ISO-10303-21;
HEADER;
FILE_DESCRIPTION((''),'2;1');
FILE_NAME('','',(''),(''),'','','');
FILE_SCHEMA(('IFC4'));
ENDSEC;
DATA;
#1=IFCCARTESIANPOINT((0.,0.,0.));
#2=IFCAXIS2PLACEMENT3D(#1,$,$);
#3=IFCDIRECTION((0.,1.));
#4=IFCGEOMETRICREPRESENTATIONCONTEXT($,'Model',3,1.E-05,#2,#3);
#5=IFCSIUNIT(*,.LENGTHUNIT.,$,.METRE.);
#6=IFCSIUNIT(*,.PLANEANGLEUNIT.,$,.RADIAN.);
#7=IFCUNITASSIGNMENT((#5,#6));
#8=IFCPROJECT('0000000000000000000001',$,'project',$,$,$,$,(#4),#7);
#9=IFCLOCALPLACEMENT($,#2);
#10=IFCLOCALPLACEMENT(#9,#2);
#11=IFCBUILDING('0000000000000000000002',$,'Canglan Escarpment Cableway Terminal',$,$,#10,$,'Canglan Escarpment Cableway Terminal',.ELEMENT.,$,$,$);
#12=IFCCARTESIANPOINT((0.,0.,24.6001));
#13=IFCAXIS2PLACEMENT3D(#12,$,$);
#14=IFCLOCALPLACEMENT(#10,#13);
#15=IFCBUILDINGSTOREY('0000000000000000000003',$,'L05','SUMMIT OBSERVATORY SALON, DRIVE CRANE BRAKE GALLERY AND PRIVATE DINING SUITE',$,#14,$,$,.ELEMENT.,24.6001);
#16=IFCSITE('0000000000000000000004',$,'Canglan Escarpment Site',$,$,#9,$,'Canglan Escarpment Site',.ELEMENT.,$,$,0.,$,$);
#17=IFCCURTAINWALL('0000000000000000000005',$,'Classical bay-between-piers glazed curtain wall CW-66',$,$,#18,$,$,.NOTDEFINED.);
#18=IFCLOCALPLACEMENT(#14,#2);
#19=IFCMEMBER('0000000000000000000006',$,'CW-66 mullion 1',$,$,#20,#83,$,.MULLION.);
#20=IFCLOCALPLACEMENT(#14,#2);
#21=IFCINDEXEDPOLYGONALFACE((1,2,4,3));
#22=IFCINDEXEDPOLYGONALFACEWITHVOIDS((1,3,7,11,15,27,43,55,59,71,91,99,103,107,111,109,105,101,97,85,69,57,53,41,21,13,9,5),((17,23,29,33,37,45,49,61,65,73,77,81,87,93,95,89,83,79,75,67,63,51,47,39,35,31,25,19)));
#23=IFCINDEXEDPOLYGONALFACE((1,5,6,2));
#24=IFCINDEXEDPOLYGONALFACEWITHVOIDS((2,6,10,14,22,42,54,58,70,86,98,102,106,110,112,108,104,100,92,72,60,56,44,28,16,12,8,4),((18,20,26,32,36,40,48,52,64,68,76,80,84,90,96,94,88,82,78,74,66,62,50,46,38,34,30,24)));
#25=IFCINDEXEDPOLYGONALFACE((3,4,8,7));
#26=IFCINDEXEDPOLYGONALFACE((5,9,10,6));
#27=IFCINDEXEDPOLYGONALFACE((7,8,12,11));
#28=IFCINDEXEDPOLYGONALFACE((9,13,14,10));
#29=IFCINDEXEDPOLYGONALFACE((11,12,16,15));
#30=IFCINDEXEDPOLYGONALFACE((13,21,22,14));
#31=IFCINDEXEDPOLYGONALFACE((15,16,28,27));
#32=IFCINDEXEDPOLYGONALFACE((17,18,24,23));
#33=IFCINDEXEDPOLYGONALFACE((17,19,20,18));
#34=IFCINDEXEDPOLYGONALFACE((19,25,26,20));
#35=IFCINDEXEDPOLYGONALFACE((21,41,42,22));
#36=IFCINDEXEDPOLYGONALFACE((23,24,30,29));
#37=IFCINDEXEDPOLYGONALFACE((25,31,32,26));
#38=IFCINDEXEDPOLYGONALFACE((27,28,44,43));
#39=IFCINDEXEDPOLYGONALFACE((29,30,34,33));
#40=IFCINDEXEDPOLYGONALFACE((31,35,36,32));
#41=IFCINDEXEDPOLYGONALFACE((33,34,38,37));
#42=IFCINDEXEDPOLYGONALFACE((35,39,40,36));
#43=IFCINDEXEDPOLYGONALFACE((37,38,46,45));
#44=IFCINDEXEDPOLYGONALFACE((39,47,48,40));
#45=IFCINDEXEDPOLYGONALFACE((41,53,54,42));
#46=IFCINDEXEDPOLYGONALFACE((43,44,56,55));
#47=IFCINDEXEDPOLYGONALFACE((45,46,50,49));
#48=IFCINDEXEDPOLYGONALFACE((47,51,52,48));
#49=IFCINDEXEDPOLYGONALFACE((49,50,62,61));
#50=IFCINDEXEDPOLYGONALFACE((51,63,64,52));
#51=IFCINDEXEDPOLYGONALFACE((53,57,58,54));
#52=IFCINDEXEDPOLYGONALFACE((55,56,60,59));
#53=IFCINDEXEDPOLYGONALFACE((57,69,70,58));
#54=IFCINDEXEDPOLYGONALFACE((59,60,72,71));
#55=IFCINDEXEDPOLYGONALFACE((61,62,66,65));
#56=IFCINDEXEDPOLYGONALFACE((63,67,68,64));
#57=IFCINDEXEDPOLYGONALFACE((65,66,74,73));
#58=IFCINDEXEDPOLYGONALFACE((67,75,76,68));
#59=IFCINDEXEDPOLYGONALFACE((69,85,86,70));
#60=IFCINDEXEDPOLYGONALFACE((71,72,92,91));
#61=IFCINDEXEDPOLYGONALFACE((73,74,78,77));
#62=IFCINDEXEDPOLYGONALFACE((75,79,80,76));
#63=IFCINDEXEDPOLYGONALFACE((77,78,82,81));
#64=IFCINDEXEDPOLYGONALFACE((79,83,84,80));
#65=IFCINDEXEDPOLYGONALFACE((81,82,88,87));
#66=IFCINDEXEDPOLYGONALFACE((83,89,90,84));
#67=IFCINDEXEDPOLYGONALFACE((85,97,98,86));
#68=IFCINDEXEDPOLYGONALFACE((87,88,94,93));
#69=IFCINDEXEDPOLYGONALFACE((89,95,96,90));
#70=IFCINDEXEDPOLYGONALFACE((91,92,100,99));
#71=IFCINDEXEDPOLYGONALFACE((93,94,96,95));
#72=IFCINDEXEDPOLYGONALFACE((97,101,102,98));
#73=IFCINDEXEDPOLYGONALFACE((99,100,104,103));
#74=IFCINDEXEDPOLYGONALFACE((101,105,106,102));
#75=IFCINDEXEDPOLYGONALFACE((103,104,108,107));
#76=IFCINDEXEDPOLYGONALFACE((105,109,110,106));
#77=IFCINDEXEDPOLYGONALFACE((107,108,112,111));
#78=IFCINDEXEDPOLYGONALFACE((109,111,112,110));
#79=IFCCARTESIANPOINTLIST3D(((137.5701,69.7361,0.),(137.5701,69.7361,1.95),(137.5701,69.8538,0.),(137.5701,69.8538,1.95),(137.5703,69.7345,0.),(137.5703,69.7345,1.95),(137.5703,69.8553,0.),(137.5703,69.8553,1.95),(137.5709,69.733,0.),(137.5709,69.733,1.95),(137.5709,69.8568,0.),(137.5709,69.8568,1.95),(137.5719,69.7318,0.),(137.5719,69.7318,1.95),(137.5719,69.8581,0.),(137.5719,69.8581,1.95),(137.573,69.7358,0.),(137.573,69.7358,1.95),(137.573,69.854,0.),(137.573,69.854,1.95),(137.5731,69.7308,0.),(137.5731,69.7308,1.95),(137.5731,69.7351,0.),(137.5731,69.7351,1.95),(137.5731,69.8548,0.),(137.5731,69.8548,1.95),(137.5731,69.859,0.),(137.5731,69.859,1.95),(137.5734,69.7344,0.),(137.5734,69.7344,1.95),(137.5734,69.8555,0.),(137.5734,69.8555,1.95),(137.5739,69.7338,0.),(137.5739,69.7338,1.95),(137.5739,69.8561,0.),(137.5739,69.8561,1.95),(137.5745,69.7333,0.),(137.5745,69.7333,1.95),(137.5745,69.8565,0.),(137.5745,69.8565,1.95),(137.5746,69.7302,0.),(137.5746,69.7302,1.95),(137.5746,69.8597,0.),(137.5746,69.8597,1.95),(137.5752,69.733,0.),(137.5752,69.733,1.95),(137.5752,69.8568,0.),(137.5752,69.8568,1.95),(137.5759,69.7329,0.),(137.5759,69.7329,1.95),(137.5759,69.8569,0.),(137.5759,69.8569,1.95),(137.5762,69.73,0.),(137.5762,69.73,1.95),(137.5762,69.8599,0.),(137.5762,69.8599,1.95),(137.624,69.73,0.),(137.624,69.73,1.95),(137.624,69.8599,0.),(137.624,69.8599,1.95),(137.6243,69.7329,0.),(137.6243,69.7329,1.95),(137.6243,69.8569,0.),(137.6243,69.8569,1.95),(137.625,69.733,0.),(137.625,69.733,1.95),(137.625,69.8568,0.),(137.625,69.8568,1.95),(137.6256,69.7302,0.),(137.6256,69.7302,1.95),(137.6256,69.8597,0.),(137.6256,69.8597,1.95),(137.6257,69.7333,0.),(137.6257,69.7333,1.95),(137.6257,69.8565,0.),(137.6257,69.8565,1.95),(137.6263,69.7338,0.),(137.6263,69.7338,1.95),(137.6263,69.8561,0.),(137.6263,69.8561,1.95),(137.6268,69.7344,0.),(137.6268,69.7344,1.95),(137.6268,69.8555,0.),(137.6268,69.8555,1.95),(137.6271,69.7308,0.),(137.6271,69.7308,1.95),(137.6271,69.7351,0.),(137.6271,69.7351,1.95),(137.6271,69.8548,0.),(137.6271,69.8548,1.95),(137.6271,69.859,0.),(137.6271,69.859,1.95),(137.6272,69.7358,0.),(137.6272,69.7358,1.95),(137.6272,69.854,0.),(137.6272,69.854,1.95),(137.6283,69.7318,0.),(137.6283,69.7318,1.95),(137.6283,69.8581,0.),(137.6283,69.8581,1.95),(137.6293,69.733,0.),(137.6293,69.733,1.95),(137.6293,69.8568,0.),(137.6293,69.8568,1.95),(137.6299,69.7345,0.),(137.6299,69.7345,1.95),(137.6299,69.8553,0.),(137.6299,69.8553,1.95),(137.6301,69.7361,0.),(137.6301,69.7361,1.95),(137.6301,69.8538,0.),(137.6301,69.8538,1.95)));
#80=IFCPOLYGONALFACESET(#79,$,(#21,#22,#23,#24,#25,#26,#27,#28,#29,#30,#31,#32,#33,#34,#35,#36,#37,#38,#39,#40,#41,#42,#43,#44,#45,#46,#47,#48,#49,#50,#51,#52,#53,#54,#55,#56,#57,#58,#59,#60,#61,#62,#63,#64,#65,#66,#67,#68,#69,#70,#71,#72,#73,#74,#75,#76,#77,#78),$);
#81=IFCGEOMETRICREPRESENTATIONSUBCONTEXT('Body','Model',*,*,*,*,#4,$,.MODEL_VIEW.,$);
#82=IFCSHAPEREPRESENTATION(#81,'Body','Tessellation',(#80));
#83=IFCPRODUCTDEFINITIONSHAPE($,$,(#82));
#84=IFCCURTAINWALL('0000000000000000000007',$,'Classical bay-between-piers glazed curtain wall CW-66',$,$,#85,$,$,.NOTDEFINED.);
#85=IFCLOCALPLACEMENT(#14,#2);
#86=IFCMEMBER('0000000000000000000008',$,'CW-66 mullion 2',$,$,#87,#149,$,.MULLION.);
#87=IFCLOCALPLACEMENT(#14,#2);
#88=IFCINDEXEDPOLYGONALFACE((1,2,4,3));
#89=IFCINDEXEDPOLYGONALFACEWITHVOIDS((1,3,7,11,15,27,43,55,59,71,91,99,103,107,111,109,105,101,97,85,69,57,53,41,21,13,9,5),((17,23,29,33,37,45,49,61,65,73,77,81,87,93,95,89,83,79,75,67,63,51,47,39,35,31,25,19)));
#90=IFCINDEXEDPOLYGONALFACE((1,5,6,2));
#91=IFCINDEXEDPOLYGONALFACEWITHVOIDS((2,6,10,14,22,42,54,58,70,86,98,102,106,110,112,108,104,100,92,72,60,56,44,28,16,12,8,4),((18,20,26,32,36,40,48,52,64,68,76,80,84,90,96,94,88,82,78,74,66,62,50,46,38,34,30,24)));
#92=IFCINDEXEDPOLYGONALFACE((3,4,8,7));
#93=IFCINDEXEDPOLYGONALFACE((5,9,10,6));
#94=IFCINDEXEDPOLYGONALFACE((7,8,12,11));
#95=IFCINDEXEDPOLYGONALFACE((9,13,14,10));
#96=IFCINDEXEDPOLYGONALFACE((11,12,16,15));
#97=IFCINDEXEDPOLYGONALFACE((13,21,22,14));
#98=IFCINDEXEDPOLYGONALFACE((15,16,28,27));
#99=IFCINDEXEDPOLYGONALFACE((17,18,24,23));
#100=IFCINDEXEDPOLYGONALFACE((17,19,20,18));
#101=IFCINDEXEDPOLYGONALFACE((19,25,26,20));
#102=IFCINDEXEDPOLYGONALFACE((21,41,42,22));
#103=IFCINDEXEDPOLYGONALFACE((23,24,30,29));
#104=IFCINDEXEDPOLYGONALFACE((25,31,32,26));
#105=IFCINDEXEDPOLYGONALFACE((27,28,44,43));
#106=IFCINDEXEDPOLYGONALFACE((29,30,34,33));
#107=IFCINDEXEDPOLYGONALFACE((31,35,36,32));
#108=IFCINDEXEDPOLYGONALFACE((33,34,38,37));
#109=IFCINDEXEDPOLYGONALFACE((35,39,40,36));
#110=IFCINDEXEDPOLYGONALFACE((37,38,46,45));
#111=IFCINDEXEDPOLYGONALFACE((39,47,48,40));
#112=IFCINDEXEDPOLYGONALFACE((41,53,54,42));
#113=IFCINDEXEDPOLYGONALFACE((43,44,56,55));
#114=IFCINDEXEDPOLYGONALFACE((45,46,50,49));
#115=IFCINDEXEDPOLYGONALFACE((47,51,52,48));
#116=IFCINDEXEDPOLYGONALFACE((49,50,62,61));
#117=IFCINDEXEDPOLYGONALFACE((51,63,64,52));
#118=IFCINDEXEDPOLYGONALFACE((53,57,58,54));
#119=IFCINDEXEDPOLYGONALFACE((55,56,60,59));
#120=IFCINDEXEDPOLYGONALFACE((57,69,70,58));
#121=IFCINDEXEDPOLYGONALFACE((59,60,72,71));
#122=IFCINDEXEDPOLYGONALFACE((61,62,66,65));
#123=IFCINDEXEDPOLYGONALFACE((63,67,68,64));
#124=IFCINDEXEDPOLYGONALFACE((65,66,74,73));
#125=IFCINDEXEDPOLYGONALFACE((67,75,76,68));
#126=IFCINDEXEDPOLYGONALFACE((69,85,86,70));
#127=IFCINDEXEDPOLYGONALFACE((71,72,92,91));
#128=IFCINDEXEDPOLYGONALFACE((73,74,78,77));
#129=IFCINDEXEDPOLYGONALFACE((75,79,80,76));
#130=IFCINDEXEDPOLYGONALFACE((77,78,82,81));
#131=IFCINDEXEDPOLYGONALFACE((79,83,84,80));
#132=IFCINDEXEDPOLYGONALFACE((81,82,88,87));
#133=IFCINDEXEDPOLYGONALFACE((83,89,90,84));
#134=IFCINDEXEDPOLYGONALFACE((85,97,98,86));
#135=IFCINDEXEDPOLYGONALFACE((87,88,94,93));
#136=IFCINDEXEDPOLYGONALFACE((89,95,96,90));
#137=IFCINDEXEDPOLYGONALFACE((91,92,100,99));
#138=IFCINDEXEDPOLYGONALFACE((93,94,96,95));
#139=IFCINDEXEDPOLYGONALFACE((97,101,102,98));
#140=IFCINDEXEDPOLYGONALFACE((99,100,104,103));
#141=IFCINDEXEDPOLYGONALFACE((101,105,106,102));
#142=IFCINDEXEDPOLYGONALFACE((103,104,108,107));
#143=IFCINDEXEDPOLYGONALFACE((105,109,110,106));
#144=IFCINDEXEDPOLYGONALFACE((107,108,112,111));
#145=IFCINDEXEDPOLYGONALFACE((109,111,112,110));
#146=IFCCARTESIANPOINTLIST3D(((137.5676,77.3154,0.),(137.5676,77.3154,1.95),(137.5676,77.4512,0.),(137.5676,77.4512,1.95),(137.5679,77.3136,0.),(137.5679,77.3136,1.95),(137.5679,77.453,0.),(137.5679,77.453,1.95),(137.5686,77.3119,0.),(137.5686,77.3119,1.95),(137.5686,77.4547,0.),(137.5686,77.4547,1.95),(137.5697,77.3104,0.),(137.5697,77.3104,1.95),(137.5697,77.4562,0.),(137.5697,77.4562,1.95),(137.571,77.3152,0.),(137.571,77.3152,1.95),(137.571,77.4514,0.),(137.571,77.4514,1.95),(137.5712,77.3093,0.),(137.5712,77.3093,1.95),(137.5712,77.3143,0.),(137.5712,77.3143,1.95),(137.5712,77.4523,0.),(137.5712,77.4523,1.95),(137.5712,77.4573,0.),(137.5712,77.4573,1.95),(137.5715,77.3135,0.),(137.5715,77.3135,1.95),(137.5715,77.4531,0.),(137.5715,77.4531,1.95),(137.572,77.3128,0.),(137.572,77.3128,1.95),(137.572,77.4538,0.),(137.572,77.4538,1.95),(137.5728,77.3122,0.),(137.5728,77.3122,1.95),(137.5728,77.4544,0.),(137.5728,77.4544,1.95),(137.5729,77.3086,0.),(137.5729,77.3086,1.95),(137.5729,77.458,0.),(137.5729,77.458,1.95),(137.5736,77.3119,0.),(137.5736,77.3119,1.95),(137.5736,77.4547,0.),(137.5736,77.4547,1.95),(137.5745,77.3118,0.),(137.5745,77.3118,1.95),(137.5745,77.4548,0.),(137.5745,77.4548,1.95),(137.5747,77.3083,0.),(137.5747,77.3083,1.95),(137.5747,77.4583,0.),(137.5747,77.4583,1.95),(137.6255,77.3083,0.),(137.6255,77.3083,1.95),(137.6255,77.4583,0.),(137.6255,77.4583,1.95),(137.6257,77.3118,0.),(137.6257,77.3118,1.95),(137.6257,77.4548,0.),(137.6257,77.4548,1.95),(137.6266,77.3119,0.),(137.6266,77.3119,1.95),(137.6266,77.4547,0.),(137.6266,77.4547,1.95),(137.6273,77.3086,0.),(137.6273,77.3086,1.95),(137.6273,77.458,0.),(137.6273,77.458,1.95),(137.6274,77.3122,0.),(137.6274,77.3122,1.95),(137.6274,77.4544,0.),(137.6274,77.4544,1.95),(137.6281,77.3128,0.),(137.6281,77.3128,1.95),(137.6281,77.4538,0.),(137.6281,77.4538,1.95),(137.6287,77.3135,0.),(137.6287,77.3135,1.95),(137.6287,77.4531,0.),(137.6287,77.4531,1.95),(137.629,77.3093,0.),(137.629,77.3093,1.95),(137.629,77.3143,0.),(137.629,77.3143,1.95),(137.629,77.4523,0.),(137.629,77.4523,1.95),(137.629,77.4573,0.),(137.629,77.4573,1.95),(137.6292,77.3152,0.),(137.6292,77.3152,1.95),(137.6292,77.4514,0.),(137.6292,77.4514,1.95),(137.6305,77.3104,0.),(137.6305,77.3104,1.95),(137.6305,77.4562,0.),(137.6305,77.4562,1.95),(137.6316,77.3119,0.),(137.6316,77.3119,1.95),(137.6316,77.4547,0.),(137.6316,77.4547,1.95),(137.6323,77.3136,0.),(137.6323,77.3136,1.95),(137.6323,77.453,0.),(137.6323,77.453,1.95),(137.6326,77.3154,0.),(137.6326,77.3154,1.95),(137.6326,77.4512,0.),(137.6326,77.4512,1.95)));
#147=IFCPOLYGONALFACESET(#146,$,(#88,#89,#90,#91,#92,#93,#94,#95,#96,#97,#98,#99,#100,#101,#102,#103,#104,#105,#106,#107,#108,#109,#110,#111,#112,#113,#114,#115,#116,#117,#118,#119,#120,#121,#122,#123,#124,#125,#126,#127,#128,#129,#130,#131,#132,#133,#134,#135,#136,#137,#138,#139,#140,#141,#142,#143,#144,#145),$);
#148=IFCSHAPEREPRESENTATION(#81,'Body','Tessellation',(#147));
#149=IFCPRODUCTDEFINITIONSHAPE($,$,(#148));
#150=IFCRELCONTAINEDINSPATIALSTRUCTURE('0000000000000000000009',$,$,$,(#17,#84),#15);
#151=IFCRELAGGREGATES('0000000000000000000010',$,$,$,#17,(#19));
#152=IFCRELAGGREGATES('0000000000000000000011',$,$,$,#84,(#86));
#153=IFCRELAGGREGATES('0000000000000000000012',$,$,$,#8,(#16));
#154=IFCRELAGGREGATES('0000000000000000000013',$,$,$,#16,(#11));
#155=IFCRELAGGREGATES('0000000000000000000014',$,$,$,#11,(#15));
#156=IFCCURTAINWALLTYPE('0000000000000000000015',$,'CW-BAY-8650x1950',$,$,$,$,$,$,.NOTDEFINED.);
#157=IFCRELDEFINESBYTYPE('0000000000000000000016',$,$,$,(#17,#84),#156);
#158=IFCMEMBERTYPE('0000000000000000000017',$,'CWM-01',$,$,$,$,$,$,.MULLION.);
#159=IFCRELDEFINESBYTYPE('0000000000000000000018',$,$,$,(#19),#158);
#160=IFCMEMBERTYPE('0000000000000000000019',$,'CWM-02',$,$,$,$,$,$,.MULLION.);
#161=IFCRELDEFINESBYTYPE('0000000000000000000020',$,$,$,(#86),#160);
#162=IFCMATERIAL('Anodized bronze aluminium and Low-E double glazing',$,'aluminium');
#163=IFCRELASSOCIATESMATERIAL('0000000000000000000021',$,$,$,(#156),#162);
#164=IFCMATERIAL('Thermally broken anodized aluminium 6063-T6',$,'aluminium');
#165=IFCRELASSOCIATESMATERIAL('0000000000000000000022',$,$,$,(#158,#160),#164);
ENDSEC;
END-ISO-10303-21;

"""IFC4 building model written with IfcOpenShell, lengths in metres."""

from ifc_helpers import new_model, si_unit, direction, frame, origin, origin_2d, place, context, subcontext, project, spatial, hollow_rectangle, extrude, material, material_profile, profile_set, type_object, element, aggregate, save


model = new_model("IFC4")

# Units and contexts
model_context = context("Model", 3, precision=1e-05, world=origin(), true_north=direction((0.0, 1.0)))
body_context = subcontext(model_context, "Body", "Model", "MODEL_VIEW")
ifc_project = project(units=[si_unit("LENGTHUNIT", "METRE"), si_unit("PLANEANGLEUNIT", "RADIAN")], contexts=[model_context])

# Site, building, storey
site_placement = place(None, origin())
site = spatial("IfcSite", under=ifc_project, at=site_placement, Name="Canglan Escarpment Site", LongName="Canglan Escarpment Site", CompositionType="ELEMENT", RefElevation=0.0)
building_placement = place(site_placement, origin())
building = spatial("IfcBuilding", under=site, at=building_placement, Name="Canglan Escarpment Cableway Terminal", LongName="Canglan Escarpment Cableway Terminal", CompositionType="ELEMENT")
storey_placement = place(building_placement, frame((0.0, 0.0, 24.6001)))
storey = spatial("IfcBuildingStorey", under=building, at=storey_placement, Name="L05", Description="SUMMIT OBSERVATORY SALON, DRIVE CRANE BRAKE GALLERY AND PRIVATE DINING SUITE", CompositionType="ELEMENT", Elevation=24.6001)

# Curtain wall, member
ifc_material_1 = material(Name="Anodized bronze aluminium and Low-E double glazing", Category="aluminium")
curtain_wall_type = type_object("IfcCurtainWallType", Name="CW-BAY-8650x1950", PredefinedType="NOTDEFINED", material=ifc_material_1)
curtain_wall_1_placement = place(storey_placement, origin())
curtain_wall_1 = element("IfcCurtainWall", 1, at=curtain_wall_1_placement, inside=storey, type_object=curtain_wall_type, Name="Classical bay-between-piers glazed curtain wall CW-66", PredefinedType="NOTDEFINED")
ifc_material_2 = material(Name="Thermally broken anodized aluminium 6063-T6", Category="aluminium")
ifc_material_profile_1 = material_profile(ifc_material_2, hollow_rectangle(XDim=0.0601, YDim=0.1299, WallThickness=0.0029, InnerFilletRadius=0.0029, OuterFilletRadius=0.0061, at=origin_2d()), Name="ALU-MULL 60x130x3")
ifc_profile_set_1 = profile_set([ifc_material_profile_1], Name="Thermally broken anodized aluminium 6063-T6")
member_type_1 = type_object("IfcMemberType", Name="CWM-01", PredefinedType="MULLION", material=ifc_profile_set_1)
member_1_placement = place(storey_placement, frame((137.6001, 69.7949, 0.0), z_axis=(0.0, 0.0, 1.0), x_axis=(1.0, 0.0, 0.0)))
member_1 = element("IfcMember", 2, at=member_1_placement, type_object=member_type_1, Name="CW-66 mullion 1", PredefinedType="MULLION", context=body_context, shape_type="SweptSolid", body=[
    extrude(hollow_rectangle(XDim=0.0601, YDim=0.1299, WallThickness=0.0029, InnerFilletRadius=0.0029, OuterFilletRadius=0.0061, at=origin_2d()), origin(), (0.0, 0.0, 1.0), 1.95),
])

# Curtain wall, member
curtain_wall_2_placement = place(storey_placement, origin())
curtain_wall_2 = element("IfcCurtainWall", 3, at=curtain_wall_2_placement, inside=storey, type_object=curtain_wall_type, Name="Classical bay-between-piers glazed curtain wall CW-66", PredefinedType="NOTDEFINED")
ifc_material_profile_2 = material_profile(ifc_material_2, hollow_rectangle(XDim=0.0649, YDim=0.1499, WallThickness=0.0034, InnerFilletRadius=0.0034, OuterFilletRadius=0.0071, at=origin_2d()), Name="ALU-MULL 65x150x3.5")
ifc_profile_set_2 = profile_set([ifc_material_profile_2], Name="Thermally broken anodized aluminium 6063-T6")
member_type_2 = type_object("IfcMemberType", Name="CWM-02", PredefinedType="MULLION", material=ifc_profile_set_2)
member_2_placement = place(storey_placement, frame((137.6001, 77.3833, 0.0), z_axis=(0.0, 0.0, 1.0), x_axis=(1.0, 0.0, 0.0)))
member_2 = element("IfcMember", 4, at=member_2_placement, type_object=member_type_2, Name="CW-66 mullion 2", PredefinedType="MULLION", context=body_context, shape_type="SweptSolid", body=[
    extrude(hollow_rectangle(XDim=0.0649, YDim=0.1499, WallThickness=0.0034, InnerFilletRadius=0.0034, OuterFilletRadius=0.0071, at=origin_2d()), origin(), (0.0, 0.0, 1.0), 1.95),
])

aggregate(curtain_wall_1, [member_1])

aggregate(curtain_wall_2, [member_2])

save(model, "model.ifc")
